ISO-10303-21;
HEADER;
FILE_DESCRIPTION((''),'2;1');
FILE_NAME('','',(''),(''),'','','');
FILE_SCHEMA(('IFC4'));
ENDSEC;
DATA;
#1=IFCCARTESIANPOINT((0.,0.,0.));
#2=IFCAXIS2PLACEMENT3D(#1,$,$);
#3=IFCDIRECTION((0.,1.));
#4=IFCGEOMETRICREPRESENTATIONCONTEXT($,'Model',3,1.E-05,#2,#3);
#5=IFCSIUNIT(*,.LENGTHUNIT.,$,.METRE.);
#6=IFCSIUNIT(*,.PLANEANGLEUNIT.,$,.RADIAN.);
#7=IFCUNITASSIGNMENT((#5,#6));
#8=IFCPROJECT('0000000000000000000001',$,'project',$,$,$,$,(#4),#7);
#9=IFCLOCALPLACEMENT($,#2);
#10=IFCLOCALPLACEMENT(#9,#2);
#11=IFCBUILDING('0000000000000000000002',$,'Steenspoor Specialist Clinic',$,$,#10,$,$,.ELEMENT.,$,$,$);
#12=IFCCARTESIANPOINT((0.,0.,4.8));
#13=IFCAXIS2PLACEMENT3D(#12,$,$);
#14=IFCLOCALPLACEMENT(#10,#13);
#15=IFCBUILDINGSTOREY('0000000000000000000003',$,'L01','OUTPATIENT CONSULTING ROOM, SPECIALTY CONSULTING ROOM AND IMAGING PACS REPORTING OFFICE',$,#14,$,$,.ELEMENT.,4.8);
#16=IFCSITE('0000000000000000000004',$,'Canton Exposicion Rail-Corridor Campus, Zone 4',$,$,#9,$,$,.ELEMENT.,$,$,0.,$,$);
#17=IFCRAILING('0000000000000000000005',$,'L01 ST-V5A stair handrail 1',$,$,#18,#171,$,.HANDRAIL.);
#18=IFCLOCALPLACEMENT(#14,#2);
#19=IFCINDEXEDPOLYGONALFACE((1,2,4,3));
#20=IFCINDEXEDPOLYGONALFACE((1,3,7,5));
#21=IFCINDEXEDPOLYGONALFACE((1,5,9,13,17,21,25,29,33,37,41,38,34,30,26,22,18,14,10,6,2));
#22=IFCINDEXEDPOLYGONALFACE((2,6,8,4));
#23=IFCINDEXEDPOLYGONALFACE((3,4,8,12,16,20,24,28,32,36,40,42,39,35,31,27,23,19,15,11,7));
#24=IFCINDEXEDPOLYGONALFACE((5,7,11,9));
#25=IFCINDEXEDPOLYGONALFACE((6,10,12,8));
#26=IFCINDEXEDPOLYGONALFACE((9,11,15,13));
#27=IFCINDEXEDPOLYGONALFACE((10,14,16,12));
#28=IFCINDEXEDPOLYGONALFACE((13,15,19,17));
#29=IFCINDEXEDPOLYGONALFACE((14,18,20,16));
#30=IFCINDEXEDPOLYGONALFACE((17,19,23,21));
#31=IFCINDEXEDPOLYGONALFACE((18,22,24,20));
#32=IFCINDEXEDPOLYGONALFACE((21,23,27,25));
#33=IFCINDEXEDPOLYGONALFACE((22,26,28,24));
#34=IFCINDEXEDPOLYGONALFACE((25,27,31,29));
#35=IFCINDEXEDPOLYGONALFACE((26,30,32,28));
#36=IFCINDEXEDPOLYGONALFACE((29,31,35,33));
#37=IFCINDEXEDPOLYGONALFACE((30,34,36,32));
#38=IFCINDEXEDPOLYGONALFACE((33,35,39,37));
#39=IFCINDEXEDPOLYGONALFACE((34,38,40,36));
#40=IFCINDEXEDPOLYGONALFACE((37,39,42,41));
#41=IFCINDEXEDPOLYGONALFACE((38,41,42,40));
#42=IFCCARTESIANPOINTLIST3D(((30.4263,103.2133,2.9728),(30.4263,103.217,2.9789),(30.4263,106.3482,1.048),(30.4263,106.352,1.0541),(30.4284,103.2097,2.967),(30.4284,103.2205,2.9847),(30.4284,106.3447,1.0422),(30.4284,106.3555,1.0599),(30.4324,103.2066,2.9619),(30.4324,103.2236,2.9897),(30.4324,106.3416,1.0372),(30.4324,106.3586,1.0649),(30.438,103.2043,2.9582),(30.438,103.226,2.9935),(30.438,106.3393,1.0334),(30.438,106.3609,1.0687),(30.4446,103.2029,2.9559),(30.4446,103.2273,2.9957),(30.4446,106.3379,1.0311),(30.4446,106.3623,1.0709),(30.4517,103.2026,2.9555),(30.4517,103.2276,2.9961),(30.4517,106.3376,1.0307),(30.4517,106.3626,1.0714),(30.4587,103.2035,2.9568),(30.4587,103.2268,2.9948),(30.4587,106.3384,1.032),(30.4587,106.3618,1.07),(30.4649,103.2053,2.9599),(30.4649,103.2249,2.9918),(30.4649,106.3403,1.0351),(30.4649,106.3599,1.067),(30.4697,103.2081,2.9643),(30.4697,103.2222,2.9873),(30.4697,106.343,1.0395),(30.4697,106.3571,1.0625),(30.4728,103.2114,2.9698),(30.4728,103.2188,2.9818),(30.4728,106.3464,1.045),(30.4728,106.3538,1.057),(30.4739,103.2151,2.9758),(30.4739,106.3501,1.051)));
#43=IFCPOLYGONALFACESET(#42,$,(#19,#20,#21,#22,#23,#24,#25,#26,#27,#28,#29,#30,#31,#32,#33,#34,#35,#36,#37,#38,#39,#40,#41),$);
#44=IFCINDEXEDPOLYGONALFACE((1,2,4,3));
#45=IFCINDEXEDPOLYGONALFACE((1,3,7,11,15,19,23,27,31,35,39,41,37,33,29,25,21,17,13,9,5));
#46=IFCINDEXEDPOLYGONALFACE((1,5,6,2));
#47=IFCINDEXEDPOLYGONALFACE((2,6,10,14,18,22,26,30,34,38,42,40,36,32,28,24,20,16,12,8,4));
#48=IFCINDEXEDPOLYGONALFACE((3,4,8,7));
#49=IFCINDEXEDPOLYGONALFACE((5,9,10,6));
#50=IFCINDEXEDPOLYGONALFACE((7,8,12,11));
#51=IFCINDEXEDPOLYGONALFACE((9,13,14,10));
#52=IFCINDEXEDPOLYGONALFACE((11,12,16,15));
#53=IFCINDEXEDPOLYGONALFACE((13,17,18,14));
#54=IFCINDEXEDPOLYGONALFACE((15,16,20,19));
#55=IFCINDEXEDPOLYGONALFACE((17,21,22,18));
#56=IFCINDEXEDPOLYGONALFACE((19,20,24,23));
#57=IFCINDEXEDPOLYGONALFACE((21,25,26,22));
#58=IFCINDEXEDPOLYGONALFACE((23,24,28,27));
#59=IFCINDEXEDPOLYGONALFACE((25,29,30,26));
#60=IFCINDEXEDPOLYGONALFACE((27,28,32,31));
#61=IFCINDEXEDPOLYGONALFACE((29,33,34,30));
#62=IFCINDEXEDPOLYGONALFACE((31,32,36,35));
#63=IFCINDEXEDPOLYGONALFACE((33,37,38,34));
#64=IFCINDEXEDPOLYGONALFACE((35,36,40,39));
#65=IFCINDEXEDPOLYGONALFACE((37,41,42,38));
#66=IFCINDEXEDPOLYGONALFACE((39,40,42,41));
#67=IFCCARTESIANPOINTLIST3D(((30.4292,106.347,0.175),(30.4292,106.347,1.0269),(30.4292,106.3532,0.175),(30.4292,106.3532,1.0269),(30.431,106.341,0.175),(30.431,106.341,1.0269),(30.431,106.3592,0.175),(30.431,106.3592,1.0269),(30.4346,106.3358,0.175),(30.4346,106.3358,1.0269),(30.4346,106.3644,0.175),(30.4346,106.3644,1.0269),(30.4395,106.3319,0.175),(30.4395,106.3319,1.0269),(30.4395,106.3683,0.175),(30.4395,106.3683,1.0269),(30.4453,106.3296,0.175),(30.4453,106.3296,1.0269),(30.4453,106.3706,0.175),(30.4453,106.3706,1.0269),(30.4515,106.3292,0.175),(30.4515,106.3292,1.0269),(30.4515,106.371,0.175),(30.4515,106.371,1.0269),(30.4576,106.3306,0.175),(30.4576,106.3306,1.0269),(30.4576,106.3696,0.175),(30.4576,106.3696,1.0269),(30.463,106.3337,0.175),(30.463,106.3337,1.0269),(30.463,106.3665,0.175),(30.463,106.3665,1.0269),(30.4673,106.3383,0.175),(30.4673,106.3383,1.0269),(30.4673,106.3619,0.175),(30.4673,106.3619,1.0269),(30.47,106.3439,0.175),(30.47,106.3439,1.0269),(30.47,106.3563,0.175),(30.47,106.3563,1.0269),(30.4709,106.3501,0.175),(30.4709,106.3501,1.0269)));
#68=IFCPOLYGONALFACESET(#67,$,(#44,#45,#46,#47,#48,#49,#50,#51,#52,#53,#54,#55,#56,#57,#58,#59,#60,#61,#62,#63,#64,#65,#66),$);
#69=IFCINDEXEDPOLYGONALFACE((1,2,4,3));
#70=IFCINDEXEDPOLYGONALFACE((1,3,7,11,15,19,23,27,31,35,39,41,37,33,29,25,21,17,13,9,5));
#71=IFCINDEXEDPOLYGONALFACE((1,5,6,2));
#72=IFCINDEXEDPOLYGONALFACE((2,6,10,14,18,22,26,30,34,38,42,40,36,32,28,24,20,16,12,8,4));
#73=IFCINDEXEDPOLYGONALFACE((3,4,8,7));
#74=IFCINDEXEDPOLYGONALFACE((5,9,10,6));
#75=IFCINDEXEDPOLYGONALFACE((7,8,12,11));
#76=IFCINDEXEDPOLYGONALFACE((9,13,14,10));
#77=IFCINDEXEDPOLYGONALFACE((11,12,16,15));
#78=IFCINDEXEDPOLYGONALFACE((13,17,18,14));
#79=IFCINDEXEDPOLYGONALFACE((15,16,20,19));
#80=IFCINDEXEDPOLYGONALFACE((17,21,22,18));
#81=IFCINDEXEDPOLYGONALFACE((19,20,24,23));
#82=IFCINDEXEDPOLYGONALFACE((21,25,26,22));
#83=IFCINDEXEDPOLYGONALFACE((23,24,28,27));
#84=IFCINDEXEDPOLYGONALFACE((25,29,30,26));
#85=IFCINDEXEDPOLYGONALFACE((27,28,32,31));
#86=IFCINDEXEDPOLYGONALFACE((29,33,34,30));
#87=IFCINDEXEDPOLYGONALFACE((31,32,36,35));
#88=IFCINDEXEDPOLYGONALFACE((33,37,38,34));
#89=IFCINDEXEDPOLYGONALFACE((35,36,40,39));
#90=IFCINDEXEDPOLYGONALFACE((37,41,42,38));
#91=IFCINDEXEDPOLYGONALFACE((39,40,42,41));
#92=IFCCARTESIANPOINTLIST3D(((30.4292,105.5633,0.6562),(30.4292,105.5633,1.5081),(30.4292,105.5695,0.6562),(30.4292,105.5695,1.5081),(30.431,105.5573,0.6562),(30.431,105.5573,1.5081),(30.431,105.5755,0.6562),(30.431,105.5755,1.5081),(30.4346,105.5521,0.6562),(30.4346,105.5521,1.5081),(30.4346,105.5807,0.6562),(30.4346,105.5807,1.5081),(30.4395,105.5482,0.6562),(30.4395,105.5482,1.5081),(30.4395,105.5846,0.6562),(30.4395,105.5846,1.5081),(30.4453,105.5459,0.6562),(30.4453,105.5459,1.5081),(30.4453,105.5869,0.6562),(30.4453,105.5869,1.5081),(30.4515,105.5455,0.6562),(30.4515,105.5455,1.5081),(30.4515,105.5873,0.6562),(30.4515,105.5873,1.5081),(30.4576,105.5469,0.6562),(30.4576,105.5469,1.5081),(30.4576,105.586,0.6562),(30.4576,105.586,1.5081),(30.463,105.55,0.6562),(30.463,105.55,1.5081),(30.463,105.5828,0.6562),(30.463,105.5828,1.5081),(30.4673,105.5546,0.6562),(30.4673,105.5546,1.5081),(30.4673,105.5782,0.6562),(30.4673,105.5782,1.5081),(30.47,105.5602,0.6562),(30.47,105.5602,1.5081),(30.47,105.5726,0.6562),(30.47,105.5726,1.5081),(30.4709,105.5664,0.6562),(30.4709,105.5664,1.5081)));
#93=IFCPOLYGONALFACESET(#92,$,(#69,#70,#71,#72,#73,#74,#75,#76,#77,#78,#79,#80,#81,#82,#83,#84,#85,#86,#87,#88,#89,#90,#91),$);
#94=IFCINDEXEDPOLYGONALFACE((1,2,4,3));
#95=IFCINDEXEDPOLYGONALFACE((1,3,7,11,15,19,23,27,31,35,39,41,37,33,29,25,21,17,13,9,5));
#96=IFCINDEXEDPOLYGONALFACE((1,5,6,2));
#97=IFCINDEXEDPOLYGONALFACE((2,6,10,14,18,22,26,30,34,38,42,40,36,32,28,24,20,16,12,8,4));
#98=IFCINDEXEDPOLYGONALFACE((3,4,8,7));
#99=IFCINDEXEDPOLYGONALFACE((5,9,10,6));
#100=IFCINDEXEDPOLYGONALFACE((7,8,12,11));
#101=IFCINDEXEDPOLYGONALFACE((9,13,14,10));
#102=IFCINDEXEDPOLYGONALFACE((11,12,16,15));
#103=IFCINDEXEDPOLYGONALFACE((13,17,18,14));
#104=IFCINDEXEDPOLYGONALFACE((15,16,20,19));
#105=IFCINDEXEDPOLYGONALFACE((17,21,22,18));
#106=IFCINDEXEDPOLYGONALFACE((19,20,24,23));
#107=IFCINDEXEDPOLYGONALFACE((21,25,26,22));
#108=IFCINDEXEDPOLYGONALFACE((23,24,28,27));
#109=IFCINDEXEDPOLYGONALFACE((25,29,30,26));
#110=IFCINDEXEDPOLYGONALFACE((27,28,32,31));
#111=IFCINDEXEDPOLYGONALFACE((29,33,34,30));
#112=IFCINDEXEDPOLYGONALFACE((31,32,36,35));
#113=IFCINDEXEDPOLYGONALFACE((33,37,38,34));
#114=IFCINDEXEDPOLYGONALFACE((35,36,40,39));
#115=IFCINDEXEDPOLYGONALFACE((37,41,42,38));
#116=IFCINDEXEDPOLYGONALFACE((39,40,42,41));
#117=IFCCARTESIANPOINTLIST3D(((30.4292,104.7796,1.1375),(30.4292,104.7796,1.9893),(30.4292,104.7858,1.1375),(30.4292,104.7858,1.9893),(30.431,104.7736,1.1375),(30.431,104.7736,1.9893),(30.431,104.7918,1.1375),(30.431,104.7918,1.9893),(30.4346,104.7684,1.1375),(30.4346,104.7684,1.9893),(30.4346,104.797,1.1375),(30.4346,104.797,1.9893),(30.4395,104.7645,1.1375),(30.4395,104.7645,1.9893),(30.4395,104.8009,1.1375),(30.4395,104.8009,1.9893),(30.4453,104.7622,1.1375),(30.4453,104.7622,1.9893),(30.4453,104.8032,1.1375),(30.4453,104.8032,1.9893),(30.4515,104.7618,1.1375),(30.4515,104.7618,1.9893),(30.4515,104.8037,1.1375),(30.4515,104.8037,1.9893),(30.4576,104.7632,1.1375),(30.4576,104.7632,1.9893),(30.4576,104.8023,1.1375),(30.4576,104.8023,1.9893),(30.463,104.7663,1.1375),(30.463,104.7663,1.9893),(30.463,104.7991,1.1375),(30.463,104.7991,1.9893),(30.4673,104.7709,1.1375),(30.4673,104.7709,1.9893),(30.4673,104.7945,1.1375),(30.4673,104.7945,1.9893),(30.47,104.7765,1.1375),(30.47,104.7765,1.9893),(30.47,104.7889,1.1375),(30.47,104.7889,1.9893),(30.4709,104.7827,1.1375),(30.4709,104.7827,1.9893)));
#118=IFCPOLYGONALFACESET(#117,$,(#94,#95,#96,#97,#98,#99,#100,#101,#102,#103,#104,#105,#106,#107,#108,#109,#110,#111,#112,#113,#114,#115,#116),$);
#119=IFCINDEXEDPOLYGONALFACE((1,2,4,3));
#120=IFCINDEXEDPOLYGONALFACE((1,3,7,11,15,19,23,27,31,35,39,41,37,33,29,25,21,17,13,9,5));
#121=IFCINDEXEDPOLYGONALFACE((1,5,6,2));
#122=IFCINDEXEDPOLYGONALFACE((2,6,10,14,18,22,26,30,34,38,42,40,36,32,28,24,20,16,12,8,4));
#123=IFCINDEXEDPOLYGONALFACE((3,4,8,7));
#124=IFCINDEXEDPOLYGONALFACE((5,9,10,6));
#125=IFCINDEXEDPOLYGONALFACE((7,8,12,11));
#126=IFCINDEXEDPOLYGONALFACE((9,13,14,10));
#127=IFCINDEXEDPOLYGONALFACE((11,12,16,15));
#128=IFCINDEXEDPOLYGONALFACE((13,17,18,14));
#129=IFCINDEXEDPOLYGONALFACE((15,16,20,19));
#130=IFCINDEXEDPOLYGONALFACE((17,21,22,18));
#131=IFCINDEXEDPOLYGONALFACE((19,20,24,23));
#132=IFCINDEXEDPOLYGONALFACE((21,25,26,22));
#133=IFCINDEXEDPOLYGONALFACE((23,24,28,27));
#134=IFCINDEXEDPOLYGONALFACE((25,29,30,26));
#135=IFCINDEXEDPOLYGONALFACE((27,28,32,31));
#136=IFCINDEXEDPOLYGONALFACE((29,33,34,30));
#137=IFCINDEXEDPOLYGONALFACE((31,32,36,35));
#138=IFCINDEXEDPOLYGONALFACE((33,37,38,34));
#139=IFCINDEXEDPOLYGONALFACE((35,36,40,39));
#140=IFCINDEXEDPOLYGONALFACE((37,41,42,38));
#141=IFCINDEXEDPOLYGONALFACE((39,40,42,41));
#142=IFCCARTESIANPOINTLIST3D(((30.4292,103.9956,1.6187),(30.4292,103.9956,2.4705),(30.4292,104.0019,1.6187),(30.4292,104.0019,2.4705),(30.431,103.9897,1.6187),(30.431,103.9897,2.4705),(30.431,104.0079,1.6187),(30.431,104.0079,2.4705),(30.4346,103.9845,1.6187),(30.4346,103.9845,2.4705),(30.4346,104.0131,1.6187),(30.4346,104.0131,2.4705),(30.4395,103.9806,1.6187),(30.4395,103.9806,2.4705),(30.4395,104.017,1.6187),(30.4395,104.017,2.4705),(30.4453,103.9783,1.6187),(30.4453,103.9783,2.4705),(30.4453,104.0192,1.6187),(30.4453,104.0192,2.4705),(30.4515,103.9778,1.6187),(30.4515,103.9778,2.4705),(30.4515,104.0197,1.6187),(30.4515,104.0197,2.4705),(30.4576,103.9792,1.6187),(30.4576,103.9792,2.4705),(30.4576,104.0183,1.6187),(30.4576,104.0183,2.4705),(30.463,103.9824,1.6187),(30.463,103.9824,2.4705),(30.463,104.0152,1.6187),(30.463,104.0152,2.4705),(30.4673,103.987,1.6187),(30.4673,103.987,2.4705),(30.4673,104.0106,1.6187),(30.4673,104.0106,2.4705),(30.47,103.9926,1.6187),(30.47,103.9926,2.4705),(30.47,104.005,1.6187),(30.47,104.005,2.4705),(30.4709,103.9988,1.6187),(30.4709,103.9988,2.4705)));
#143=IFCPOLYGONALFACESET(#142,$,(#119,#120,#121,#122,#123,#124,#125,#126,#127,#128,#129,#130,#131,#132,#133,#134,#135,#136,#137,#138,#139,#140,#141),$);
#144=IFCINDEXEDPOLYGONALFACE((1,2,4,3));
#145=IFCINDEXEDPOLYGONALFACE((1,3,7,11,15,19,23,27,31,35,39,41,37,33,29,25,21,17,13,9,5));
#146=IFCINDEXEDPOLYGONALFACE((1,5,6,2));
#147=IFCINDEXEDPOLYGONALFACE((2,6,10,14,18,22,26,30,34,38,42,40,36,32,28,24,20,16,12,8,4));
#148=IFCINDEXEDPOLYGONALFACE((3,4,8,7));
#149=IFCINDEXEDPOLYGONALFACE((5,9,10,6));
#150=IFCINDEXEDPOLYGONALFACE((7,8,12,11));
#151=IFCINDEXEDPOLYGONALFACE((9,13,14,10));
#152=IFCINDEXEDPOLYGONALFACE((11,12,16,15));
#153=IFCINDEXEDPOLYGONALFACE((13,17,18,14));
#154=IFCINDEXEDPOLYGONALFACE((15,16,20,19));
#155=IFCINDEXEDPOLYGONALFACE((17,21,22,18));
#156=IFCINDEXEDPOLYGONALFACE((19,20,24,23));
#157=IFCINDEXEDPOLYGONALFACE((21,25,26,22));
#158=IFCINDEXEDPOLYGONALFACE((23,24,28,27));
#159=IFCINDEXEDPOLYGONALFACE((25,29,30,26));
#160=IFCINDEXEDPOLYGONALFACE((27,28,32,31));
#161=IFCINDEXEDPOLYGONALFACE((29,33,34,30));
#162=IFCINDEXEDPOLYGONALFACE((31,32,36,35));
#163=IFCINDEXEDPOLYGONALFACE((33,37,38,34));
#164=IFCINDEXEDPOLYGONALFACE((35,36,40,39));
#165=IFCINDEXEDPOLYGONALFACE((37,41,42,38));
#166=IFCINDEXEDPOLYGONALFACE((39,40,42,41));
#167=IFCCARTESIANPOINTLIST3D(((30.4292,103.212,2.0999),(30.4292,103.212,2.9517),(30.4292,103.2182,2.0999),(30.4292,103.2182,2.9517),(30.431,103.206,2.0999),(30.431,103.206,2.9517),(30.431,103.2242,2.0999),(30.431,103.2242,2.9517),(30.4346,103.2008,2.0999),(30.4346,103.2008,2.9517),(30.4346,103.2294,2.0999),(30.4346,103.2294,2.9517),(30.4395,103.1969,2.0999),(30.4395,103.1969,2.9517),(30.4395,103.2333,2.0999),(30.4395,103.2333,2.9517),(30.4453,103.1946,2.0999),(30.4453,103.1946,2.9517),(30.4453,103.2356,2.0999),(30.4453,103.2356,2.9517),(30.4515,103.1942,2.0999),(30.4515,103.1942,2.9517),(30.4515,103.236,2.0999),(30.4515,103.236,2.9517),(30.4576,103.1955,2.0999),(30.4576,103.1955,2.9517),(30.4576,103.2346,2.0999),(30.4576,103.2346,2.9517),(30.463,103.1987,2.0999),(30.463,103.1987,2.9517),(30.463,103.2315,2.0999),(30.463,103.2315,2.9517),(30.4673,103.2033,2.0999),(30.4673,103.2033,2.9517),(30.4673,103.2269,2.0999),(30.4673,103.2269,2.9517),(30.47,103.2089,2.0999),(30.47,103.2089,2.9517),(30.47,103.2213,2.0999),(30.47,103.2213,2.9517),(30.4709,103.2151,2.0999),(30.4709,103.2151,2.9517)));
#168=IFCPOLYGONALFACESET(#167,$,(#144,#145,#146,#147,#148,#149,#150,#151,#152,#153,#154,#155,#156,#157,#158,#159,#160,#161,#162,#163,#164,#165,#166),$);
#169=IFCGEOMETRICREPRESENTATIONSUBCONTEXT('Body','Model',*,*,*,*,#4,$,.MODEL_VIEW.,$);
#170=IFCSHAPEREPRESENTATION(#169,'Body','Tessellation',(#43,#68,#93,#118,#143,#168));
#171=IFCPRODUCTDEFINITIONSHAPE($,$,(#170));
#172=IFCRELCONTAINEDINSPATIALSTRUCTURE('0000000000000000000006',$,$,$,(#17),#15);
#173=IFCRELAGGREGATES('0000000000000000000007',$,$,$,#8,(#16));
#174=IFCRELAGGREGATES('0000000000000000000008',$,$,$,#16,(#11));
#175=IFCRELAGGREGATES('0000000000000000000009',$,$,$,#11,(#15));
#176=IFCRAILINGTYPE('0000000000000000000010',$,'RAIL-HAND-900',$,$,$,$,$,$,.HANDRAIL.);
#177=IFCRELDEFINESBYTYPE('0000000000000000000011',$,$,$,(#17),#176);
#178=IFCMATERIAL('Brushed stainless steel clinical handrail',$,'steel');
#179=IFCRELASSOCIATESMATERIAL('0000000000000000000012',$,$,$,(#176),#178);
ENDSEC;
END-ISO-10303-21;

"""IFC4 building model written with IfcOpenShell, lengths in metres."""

from ifc_helpers import new_model, si_unit, direction, frame, origin, origin_2d, place, context, subcontext, project, spatial, circle, extrude, material, type_object, element, save


model = new_model("IFC4")

# Units and contexts
model_context = context("Model", 3, precision=1e-05, world=origin(), true_north=direction((0.0, 1.0)))
body_context = subcontext(model_context, "Body", "Model", "MODEL_VIEW")
ifc_project = project(units=[si_unit("LENGTHUNIT", "METRE"), si_unit("PLANEANGLEUNIT", "RADIAN")], contexts=[model_context])

# Site, building, storey
site_placement = place(None, origin())
site = spatial("IfcSite", under=ifc_project, at=site_placement, Name="Canton Exposicion Rail-Corridor Campus, Zone 4", CompositionType="ELEMENT", RefElevation=0.0)
building_placement = place(site_placement, origin())
building = spatial("IfcBuilding", under=site, at=building_placement, Name="Steenspoor Specialist Clinic", CompositionType="ELEMENT")
storey_placement = place(building_placement, frame((0.0, 0.0, 4.8)))
storey = spatial("IfcBuildingStorey", under=building, at=storey_placement, Name="L01", Description="OUTPATIENT CONSULTING ROOM, SPECIALTY CONSULTING ROOM AND IMAGING PACS REPORTING OFFICE", CompositionType="ELEMENT", Elevation=4.8)

# Railing
ifc_material_1 = material(Name="Brushed stainless steel clinical handrail", Category="steel")
railing_type_1 = type_object("IfcRailingType", Name="RAIL-HAND-900", PredefinedType="HANDRAIL", material=ifc_material_1)
railing_1_placement = place(storey_placement, frame((30.45, 106.3501, 0.175)))
element("IfcRailing", 1, at=railing_1_placement, inside=storey, type_object=railing_type_1, Name="L01 ST-V5A stair handrail 1", PredefinedType="HANDRAIL", context=body_context, shape_type="SweptSolid", body=[
    extrude(circle(Radius=0.0239, at=origin_2d()), frame((0.0, 0.0, 0.876), z_axis=(0.0, -0.852196, 0.523223), x_axis=(1.0, 0.0, 0.0)), (0.0, 0.0, 1.0), 3.6787),
    extrude(circle(Radius=0.021, at=origin_2d()), origin(), (0.0, 0.0, 1.0), 0.8518),
    extrude(circle(Radius=0.021, at=origin_2d()), frame((0.0, -0.7837, 0.4812)), (0.0, 0.0, 1.0), 0.8518),
    extrude(circle(Radius=0.021, at=origin_2d()), frame((0.0, -1.5674, 0.9624)), (0.0, 0.0, 1.0), 0.8518),
    extrude(circle(Radius=0.021, at=origin_2d()), frame((0.0, -2.3513, 1.4436)), (0.0, 0.0, 1.0), 0.8518),
    extrude(circle(Radius=0.021, at=origin_2d()), frame((0.0, -3.135, 1.9248)), (0.0, 0.0, 1.0), 0.8518),
])

save(model, "model.ifc")
